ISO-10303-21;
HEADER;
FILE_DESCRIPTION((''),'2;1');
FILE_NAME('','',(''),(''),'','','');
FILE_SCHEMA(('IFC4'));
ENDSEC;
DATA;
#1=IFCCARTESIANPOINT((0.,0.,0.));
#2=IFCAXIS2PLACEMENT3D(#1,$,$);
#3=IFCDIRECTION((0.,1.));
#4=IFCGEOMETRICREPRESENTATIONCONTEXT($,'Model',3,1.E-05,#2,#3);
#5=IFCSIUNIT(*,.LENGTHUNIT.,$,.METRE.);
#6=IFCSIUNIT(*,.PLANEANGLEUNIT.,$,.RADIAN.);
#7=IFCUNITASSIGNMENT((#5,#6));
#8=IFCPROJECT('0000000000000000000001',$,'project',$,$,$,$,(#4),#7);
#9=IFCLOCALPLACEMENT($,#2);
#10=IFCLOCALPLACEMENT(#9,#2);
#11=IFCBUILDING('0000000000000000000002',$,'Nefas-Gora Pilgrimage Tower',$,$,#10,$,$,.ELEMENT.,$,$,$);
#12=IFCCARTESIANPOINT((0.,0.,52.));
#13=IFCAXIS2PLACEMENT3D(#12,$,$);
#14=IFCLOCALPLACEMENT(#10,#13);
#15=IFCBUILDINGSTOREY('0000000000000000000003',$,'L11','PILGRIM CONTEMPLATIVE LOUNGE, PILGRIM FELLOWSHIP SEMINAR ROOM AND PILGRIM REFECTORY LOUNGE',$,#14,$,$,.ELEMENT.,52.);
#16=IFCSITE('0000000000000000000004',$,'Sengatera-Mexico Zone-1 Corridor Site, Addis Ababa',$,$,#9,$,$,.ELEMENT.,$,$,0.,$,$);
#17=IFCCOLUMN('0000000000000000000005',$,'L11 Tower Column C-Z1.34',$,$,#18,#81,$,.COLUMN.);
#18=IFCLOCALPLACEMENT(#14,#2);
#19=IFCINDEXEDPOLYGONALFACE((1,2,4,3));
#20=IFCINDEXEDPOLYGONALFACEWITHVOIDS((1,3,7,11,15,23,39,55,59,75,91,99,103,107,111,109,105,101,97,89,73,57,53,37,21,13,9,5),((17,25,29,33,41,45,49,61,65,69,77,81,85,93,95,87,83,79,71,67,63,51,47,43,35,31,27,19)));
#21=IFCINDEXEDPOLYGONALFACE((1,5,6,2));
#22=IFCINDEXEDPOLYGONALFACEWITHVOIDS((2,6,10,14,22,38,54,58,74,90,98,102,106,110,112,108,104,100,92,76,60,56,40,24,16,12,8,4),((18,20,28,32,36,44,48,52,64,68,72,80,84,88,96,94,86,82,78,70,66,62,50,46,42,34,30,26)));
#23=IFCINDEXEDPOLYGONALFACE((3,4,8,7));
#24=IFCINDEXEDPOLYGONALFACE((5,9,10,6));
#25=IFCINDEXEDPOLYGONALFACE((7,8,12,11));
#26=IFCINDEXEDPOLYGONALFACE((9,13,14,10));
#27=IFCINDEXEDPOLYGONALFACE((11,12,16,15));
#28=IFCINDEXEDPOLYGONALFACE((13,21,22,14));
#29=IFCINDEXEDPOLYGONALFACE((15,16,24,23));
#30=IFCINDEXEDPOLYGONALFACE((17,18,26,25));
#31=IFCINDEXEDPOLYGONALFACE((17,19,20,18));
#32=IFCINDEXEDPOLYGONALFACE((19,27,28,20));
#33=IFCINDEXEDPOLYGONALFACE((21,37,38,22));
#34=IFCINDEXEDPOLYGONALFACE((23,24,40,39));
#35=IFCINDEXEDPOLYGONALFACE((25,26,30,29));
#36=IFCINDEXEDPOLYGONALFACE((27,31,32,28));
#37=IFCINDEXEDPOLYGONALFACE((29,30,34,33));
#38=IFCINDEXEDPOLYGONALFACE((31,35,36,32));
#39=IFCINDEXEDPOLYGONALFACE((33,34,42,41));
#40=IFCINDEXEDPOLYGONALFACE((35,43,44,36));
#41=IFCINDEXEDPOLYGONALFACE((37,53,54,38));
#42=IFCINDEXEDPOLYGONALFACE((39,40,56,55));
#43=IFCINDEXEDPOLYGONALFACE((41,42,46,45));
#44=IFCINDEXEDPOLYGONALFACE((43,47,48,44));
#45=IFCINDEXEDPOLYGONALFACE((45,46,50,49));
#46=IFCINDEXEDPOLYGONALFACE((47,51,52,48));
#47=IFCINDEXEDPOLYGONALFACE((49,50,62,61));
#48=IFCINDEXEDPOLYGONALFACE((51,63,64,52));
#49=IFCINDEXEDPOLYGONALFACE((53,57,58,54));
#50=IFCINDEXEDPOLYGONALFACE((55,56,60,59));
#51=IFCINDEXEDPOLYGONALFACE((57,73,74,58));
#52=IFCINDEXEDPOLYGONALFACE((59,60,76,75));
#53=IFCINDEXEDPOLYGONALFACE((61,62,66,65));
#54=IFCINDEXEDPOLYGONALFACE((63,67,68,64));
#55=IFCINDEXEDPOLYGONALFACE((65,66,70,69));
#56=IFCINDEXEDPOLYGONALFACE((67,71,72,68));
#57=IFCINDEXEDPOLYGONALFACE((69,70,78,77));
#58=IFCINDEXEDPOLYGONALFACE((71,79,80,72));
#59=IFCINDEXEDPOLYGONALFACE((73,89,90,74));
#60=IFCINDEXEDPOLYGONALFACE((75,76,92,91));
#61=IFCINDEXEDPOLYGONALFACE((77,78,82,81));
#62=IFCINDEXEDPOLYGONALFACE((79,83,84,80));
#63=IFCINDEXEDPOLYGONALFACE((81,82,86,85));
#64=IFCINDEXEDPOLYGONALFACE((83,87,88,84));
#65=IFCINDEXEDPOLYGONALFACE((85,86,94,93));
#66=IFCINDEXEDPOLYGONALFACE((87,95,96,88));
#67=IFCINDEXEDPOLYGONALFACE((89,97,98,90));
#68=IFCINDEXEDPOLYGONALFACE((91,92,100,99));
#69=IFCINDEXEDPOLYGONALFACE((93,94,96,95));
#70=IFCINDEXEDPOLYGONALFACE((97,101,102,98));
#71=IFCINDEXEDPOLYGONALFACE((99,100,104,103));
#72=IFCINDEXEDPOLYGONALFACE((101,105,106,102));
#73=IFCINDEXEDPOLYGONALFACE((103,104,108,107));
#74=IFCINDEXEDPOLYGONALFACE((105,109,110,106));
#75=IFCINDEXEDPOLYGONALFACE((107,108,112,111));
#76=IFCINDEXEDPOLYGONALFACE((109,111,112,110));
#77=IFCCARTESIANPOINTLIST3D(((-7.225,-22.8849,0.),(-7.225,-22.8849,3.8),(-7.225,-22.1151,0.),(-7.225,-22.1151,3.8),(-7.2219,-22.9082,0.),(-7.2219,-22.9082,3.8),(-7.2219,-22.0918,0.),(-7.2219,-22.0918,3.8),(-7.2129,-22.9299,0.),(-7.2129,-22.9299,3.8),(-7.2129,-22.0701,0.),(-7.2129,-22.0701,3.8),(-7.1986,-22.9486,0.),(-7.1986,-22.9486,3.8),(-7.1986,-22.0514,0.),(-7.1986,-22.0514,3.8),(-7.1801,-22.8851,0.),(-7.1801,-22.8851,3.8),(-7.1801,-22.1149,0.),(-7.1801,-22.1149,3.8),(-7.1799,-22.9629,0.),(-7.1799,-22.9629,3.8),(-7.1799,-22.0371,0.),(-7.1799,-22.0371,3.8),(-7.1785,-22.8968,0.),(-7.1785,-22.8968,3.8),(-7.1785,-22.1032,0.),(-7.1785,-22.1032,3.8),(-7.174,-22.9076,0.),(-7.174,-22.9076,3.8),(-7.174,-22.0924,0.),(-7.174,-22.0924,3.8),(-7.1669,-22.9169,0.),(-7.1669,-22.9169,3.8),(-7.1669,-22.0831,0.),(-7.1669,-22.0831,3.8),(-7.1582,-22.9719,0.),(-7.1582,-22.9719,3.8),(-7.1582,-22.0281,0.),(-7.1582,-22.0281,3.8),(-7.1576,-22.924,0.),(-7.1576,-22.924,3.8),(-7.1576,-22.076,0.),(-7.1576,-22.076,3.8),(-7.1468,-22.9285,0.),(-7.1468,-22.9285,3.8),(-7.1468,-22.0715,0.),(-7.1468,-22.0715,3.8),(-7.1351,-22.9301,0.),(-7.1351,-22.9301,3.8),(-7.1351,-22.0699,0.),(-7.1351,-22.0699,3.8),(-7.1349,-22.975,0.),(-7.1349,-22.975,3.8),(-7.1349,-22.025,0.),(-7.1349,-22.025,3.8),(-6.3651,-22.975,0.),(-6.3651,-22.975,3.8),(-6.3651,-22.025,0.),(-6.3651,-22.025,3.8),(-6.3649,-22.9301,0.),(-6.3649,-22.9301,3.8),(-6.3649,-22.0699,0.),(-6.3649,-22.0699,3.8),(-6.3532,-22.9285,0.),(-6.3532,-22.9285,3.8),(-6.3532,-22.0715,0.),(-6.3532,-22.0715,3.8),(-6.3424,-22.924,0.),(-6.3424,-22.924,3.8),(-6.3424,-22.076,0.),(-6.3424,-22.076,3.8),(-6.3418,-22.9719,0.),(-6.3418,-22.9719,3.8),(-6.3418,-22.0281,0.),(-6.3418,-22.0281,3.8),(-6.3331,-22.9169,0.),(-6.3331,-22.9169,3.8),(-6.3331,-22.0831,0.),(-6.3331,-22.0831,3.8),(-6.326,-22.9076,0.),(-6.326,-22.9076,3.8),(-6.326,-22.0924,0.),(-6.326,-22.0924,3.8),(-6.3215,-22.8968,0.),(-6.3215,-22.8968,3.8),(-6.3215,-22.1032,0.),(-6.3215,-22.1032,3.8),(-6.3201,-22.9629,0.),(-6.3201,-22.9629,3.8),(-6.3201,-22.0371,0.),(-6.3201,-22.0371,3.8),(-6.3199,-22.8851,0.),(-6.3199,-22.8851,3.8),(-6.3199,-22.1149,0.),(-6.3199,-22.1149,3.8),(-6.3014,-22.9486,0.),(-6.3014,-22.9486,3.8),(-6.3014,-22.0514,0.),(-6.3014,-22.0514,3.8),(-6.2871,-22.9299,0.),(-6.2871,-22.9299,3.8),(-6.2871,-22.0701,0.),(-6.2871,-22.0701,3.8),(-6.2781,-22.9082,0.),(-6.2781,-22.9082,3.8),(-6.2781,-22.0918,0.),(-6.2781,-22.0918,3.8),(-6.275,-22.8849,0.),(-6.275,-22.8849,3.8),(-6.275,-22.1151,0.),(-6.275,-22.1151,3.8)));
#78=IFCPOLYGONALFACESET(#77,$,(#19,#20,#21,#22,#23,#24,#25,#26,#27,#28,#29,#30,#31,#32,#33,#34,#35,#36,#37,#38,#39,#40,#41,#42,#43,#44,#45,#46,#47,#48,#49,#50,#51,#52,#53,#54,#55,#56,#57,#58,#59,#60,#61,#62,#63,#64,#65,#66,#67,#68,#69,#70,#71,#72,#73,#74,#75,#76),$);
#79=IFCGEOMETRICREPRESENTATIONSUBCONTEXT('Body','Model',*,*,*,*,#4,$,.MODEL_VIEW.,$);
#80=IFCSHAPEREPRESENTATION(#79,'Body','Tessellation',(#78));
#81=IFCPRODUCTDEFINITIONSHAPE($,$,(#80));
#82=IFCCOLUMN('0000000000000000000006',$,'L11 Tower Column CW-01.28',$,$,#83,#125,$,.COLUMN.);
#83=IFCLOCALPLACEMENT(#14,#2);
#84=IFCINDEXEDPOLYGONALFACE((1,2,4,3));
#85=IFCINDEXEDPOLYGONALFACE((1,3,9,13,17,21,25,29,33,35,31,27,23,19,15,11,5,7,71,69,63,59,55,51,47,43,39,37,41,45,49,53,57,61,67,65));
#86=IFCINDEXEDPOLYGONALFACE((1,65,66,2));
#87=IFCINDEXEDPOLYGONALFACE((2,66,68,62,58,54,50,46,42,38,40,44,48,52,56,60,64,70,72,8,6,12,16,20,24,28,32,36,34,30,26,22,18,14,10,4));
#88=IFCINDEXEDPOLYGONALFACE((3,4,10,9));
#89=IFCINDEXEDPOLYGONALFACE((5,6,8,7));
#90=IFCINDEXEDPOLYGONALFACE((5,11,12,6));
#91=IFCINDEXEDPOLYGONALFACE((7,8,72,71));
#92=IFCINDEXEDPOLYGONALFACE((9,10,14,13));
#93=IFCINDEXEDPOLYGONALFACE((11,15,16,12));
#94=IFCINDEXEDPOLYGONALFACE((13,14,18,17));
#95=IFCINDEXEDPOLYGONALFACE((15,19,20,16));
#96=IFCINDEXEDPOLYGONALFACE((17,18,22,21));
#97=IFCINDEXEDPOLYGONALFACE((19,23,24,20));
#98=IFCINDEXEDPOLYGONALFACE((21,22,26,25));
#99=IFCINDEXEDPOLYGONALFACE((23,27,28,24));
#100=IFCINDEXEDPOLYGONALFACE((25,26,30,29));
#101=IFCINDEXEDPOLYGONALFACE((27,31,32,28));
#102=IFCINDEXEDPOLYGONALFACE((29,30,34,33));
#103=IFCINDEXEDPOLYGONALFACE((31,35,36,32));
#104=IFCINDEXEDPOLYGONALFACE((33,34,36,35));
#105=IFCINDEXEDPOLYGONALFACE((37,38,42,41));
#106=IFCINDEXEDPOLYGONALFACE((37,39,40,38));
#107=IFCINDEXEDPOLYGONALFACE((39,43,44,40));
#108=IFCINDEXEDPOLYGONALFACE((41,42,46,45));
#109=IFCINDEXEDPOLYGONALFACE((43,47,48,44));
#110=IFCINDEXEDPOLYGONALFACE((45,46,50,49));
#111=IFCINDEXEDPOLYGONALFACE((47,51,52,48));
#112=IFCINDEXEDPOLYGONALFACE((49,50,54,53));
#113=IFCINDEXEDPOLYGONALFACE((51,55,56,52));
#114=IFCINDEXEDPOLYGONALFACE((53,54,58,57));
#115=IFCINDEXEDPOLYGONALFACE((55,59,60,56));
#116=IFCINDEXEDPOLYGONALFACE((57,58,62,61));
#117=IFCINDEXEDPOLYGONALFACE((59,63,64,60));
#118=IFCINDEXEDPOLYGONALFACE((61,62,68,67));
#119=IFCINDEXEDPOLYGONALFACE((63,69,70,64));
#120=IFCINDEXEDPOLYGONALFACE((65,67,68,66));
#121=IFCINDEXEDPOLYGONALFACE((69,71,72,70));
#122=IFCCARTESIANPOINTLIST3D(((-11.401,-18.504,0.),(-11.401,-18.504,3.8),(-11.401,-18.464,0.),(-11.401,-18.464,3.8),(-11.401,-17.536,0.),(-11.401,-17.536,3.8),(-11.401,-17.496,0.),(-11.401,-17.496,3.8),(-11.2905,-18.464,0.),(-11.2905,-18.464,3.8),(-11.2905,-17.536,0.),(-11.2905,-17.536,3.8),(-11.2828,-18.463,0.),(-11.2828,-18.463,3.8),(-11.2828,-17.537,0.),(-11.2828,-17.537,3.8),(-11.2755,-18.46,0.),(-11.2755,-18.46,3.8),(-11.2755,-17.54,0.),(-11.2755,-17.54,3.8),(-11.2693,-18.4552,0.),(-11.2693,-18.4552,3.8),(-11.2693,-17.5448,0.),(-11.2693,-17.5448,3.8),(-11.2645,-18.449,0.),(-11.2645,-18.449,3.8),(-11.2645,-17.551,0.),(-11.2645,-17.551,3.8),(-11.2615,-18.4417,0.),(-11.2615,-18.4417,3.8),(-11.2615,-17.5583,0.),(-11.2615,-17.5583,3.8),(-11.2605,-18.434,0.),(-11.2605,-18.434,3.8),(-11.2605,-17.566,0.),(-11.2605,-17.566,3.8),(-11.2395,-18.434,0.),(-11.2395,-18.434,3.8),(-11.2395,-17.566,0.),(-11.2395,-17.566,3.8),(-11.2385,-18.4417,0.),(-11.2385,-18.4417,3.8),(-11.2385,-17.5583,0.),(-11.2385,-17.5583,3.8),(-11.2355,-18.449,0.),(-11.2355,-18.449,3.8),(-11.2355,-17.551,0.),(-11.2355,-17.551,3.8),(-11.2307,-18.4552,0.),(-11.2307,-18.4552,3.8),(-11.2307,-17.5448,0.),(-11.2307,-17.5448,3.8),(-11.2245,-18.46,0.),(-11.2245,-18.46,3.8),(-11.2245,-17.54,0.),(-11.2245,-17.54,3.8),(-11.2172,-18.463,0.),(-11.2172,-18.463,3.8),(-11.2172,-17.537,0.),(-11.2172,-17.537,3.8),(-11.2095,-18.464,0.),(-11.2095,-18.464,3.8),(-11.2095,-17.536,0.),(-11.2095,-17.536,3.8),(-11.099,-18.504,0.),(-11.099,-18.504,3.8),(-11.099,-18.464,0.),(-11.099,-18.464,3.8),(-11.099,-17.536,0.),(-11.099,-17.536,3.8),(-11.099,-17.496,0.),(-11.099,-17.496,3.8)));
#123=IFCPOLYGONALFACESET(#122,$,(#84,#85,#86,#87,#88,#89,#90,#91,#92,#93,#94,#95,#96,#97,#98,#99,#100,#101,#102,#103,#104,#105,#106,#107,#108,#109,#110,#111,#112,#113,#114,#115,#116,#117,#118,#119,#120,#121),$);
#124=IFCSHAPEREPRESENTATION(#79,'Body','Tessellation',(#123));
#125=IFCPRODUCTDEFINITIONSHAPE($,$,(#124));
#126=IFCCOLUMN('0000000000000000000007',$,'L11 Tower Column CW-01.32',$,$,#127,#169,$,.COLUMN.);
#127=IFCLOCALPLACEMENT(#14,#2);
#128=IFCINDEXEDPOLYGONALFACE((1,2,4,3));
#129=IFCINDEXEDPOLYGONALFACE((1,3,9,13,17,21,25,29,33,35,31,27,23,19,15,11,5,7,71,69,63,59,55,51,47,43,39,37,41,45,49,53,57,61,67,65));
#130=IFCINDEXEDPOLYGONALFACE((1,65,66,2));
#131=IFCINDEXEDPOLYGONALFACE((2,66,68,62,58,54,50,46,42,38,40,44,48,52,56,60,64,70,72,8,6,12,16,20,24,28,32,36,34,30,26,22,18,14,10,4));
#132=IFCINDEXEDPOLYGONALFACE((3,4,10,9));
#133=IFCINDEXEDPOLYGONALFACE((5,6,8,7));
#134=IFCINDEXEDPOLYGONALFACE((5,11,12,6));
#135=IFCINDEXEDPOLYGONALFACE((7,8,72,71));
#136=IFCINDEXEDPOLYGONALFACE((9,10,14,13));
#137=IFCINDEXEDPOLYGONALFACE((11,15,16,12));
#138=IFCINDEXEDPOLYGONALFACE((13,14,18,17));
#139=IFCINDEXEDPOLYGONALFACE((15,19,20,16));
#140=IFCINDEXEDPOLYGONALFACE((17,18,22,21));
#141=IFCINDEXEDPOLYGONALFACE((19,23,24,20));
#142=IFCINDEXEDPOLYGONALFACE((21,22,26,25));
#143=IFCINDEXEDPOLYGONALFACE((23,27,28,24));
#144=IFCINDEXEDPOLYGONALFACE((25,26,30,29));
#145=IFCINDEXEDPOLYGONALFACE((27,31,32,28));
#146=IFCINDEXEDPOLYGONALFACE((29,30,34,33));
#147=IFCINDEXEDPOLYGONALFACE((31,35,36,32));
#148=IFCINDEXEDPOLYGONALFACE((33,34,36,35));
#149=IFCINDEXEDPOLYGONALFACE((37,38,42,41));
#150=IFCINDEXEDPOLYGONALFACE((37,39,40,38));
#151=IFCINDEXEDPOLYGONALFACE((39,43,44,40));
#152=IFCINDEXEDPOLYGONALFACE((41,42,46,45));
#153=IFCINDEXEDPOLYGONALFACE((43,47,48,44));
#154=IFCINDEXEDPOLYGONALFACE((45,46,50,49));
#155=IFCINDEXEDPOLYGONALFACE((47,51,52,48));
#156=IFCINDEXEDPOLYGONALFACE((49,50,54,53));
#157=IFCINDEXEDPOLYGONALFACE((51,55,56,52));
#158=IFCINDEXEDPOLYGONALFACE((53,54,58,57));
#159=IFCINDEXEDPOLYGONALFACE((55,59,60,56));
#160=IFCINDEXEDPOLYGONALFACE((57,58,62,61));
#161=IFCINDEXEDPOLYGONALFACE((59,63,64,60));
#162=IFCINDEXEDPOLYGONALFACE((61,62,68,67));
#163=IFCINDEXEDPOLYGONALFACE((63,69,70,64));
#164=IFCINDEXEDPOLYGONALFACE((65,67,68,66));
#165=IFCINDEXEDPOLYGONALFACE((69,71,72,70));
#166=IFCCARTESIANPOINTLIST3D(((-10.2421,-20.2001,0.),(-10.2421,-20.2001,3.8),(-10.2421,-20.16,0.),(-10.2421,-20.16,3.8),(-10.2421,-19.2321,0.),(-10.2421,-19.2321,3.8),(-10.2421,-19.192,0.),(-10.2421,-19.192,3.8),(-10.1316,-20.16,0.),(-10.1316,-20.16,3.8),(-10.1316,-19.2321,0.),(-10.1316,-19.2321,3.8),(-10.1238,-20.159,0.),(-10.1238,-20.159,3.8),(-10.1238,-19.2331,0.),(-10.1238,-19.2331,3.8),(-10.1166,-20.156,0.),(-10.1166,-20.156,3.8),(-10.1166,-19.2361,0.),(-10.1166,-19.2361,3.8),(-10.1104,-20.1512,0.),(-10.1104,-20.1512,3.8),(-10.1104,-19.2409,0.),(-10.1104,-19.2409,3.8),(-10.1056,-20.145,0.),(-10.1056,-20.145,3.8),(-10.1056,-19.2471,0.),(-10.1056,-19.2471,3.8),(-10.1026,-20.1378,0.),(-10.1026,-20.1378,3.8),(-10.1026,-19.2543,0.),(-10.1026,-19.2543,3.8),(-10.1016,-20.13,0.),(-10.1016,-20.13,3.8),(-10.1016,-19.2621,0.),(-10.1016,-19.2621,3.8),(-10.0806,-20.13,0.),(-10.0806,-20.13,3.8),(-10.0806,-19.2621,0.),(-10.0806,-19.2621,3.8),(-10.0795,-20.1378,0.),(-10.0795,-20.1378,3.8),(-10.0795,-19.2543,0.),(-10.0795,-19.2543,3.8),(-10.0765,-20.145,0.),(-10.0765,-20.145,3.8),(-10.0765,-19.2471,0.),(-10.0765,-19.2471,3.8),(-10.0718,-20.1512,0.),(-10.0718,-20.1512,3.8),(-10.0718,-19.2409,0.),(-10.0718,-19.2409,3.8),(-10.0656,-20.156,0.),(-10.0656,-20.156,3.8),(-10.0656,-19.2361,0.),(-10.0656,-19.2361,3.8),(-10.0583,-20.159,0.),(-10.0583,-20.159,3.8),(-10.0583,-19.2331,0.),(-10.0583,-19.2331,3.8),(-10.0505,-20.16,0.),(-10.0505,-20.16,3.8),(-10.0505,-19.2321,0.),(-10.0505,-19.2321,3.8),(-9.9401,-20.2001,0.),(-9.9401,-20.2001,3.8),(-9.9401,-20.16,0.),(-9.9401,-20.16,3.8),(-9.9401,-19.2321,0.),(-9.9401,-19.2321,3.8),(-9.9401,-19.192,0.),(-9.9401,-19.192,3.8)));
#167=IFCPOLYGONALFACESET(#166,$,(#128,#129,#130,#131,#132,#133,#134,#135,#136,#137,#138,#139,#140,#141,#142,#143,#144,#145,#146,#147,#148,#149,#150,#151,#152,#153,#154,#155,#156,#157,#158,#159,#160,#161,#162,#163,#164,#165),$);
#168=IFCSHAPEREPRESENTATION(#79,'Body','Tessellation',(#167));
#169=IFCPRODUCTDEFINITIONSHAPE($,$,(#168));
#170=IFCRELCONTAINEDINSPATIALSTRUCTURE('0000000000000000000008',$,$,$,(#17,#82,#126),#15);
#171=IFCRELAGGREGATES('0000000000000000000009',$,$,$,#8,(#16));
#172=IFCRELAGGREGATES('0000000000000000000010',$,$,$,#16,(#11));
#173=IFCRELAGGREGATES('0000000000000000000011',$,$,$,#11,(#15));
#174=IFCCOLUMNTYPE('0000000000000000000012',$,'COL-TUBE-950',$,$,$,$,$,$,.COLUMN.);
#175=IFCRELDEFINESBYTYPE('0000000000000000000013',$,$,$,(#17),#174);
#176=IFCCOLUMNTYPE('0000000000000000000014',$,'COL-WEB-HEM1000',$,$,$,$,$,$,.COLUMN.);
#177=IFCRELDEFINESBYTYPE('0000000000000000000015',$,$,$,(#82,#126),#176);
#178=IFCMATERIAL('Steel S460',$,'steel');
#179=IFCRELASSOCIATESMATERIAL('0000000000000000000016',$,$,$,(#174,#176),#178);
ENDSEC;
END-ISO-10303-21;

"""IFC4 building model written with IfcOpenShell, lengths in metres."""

from ifc_helpers import new_model, si_unit, direction, frame, origin, origin_2d, place, context, subcontext, project, spatial, hollow_rectangle, i_section, extrude, source, transform, mapped, material, material_profile, profile_set, type_object, element, save


model = new_model("IFC4")

# Units and contexts
model_context = context("Model", 3, precision=1e-05, world=origin(), true_north=direction((0.0, 1.0)))
body_context = subcontext(model_context, "Body", "Model", "MODEL_VIEW")
ifc_project = project(units=[si_unit("LENGTHUNIT", "METRE"), si_unit("PLANEANGLEUNIT", "RADIAN")], contexts=[model_context])

# Site, building, storey
site_placement = place(None, origin())
site = spatial("IfcSite", under=ifc_project, at=site_placement, Name="Sengatera-Mexico Zone-1 Corridor Site, Addis Ababa", CompositionType="ELEMENT", RefElevation=0.0)
building_placement = place(site_placement, origin())
building = spatial("IfcBuilding", under=site, at=building_placement, Name="Nefas-Gora Pilgrimage Tower", CompositionType="ELEMENT")
storey_placement = place(building_placement, frame((0.0, 0.0, 52.0)))
storey = spatial("IfcBuildingStorey", under=building, at=storey_placement, Name="L11", Description="PILGRIM CONTEMPLATIVE LOUNGE, PILGRIM FELLOWSHIP SEMINAR ROOM AND PILGRIM REFECTORY LOUNGE", CompositionType="ELEMENT", Elevation=52.0)

# Columns
ifc_material_1 = material(Name="Steel S460", Category="steel")
ifc_material_profile_1 = material_profile(ifc_material_1, hollow_rectangle(XDim=0.95, YDim=0.95, WallThickness=0.0449, InnerFilletRadius=0.0449, OuterFilletRadius=0.0901, at=origin_2d()), Name="BOX 950x950x45")
ifc_profile_set_1 = profile_set([ifc_material_profile_1], Name="Steel S460")
column_type_1 = type_object("IfcColumnType", Name="COL-TUBE-950", PredefinedType="COLUMN", material=ifc_profile_set_1)
shared_shape_1 = source(origin(), body_context, "Body", "SweptSolid", [
    extrude(hollow_rectangle(XDim=0.95, YDim=0.95, WallThickness=0.0449, InnerFilletRadius=0.0449, OuterFilletRadius=0.0901, at=origin_2d()), origin(), (0.0, 0.0, 1.0), 3.8),
])
column_placement = place(storey_placement, frame((-6.75, -22.5, 0.0), z_axis=(0.0, 0.0, 1.0), x_axis=(1.0, 0.0, 0.0)))
element("IfcColumn", 1, at=column_placement, inside=storey, type_object=column_type_1, Name="L11 Tower Column C-Z1.34", PredefinedType="COLUMN", context=body_context, shape_type="MappedRepresentation", body=[
    mapped(shared_shape_1, transform((0.0, 0.0, 0.0), x_axis=(1.0, 0.0, 0.0), y_axis=(0.0, 1.0, 0.0), z_axis=(0.0, 0.0, 1.0), scale=1.0)),
])
ifc_material_profile_2 = material_profile(ifc_material_1, i_section(OverallWidth=0.302, OverallDepth=1.0081, WebThickness=0.021, FlangeThickness=0.04, FilletRadius=0.03, at=origin_2d()), Name="HEM 1000")
ifc_profile_set_2 = profile_set([ifc_material_profile_2], Name="Steel S460")
column_type_2 = type_object("IfcColumnType", Name="COL-WEB-HEM1000", PredefinedType="COLUMN", material=ifc_profile_set_2)
shared_shape_2 = source(origin(), body_context, "Body", "SweptSolid", [
    extrude(i_section(OverallWidth=0.302, OverallDepth=1.0081, WebThickness=0.021, FlangeThickness=0.04, FilletRadius=0.03, at=origin_2d()), origin(), (0.0, 0.0, 1.0), 3.8),
])
for number, where, z_axis, x_axis, name in (
    (2, (-11.25, -18.0, 0.0), (0.0, 0.0, 1.0), (1.0, 0.0, 0.0), "L11 Tower Column CW-01.28"),
    (3, (-10.0911, -19.696, 0.0), (0.0, 0.0, 1.0), (1.0, 0.0, 0.0), "L11 Tower Column CW-01.32"),
):
    element("IfcColumn", number, at=place(storey_placement, frame(where, z_axis=z_axis, x_axis=x_axis)), inside=storey, type_object=column_type_2, Name=name, PredefinedType="COLUMN", context=body_context, shape_type="MappedRepresentation", body=[
        mapped(shared_shape_2, transform((0.0, 0.0, 0.0), x_axis=(1.0, 0.0, 0.0), y_axis=(0.0, 1.0, 0.0), z_axis=(0.0, 0.0, 1.0), scale=1.0)),
    ])

save(model, "model.ifc")
